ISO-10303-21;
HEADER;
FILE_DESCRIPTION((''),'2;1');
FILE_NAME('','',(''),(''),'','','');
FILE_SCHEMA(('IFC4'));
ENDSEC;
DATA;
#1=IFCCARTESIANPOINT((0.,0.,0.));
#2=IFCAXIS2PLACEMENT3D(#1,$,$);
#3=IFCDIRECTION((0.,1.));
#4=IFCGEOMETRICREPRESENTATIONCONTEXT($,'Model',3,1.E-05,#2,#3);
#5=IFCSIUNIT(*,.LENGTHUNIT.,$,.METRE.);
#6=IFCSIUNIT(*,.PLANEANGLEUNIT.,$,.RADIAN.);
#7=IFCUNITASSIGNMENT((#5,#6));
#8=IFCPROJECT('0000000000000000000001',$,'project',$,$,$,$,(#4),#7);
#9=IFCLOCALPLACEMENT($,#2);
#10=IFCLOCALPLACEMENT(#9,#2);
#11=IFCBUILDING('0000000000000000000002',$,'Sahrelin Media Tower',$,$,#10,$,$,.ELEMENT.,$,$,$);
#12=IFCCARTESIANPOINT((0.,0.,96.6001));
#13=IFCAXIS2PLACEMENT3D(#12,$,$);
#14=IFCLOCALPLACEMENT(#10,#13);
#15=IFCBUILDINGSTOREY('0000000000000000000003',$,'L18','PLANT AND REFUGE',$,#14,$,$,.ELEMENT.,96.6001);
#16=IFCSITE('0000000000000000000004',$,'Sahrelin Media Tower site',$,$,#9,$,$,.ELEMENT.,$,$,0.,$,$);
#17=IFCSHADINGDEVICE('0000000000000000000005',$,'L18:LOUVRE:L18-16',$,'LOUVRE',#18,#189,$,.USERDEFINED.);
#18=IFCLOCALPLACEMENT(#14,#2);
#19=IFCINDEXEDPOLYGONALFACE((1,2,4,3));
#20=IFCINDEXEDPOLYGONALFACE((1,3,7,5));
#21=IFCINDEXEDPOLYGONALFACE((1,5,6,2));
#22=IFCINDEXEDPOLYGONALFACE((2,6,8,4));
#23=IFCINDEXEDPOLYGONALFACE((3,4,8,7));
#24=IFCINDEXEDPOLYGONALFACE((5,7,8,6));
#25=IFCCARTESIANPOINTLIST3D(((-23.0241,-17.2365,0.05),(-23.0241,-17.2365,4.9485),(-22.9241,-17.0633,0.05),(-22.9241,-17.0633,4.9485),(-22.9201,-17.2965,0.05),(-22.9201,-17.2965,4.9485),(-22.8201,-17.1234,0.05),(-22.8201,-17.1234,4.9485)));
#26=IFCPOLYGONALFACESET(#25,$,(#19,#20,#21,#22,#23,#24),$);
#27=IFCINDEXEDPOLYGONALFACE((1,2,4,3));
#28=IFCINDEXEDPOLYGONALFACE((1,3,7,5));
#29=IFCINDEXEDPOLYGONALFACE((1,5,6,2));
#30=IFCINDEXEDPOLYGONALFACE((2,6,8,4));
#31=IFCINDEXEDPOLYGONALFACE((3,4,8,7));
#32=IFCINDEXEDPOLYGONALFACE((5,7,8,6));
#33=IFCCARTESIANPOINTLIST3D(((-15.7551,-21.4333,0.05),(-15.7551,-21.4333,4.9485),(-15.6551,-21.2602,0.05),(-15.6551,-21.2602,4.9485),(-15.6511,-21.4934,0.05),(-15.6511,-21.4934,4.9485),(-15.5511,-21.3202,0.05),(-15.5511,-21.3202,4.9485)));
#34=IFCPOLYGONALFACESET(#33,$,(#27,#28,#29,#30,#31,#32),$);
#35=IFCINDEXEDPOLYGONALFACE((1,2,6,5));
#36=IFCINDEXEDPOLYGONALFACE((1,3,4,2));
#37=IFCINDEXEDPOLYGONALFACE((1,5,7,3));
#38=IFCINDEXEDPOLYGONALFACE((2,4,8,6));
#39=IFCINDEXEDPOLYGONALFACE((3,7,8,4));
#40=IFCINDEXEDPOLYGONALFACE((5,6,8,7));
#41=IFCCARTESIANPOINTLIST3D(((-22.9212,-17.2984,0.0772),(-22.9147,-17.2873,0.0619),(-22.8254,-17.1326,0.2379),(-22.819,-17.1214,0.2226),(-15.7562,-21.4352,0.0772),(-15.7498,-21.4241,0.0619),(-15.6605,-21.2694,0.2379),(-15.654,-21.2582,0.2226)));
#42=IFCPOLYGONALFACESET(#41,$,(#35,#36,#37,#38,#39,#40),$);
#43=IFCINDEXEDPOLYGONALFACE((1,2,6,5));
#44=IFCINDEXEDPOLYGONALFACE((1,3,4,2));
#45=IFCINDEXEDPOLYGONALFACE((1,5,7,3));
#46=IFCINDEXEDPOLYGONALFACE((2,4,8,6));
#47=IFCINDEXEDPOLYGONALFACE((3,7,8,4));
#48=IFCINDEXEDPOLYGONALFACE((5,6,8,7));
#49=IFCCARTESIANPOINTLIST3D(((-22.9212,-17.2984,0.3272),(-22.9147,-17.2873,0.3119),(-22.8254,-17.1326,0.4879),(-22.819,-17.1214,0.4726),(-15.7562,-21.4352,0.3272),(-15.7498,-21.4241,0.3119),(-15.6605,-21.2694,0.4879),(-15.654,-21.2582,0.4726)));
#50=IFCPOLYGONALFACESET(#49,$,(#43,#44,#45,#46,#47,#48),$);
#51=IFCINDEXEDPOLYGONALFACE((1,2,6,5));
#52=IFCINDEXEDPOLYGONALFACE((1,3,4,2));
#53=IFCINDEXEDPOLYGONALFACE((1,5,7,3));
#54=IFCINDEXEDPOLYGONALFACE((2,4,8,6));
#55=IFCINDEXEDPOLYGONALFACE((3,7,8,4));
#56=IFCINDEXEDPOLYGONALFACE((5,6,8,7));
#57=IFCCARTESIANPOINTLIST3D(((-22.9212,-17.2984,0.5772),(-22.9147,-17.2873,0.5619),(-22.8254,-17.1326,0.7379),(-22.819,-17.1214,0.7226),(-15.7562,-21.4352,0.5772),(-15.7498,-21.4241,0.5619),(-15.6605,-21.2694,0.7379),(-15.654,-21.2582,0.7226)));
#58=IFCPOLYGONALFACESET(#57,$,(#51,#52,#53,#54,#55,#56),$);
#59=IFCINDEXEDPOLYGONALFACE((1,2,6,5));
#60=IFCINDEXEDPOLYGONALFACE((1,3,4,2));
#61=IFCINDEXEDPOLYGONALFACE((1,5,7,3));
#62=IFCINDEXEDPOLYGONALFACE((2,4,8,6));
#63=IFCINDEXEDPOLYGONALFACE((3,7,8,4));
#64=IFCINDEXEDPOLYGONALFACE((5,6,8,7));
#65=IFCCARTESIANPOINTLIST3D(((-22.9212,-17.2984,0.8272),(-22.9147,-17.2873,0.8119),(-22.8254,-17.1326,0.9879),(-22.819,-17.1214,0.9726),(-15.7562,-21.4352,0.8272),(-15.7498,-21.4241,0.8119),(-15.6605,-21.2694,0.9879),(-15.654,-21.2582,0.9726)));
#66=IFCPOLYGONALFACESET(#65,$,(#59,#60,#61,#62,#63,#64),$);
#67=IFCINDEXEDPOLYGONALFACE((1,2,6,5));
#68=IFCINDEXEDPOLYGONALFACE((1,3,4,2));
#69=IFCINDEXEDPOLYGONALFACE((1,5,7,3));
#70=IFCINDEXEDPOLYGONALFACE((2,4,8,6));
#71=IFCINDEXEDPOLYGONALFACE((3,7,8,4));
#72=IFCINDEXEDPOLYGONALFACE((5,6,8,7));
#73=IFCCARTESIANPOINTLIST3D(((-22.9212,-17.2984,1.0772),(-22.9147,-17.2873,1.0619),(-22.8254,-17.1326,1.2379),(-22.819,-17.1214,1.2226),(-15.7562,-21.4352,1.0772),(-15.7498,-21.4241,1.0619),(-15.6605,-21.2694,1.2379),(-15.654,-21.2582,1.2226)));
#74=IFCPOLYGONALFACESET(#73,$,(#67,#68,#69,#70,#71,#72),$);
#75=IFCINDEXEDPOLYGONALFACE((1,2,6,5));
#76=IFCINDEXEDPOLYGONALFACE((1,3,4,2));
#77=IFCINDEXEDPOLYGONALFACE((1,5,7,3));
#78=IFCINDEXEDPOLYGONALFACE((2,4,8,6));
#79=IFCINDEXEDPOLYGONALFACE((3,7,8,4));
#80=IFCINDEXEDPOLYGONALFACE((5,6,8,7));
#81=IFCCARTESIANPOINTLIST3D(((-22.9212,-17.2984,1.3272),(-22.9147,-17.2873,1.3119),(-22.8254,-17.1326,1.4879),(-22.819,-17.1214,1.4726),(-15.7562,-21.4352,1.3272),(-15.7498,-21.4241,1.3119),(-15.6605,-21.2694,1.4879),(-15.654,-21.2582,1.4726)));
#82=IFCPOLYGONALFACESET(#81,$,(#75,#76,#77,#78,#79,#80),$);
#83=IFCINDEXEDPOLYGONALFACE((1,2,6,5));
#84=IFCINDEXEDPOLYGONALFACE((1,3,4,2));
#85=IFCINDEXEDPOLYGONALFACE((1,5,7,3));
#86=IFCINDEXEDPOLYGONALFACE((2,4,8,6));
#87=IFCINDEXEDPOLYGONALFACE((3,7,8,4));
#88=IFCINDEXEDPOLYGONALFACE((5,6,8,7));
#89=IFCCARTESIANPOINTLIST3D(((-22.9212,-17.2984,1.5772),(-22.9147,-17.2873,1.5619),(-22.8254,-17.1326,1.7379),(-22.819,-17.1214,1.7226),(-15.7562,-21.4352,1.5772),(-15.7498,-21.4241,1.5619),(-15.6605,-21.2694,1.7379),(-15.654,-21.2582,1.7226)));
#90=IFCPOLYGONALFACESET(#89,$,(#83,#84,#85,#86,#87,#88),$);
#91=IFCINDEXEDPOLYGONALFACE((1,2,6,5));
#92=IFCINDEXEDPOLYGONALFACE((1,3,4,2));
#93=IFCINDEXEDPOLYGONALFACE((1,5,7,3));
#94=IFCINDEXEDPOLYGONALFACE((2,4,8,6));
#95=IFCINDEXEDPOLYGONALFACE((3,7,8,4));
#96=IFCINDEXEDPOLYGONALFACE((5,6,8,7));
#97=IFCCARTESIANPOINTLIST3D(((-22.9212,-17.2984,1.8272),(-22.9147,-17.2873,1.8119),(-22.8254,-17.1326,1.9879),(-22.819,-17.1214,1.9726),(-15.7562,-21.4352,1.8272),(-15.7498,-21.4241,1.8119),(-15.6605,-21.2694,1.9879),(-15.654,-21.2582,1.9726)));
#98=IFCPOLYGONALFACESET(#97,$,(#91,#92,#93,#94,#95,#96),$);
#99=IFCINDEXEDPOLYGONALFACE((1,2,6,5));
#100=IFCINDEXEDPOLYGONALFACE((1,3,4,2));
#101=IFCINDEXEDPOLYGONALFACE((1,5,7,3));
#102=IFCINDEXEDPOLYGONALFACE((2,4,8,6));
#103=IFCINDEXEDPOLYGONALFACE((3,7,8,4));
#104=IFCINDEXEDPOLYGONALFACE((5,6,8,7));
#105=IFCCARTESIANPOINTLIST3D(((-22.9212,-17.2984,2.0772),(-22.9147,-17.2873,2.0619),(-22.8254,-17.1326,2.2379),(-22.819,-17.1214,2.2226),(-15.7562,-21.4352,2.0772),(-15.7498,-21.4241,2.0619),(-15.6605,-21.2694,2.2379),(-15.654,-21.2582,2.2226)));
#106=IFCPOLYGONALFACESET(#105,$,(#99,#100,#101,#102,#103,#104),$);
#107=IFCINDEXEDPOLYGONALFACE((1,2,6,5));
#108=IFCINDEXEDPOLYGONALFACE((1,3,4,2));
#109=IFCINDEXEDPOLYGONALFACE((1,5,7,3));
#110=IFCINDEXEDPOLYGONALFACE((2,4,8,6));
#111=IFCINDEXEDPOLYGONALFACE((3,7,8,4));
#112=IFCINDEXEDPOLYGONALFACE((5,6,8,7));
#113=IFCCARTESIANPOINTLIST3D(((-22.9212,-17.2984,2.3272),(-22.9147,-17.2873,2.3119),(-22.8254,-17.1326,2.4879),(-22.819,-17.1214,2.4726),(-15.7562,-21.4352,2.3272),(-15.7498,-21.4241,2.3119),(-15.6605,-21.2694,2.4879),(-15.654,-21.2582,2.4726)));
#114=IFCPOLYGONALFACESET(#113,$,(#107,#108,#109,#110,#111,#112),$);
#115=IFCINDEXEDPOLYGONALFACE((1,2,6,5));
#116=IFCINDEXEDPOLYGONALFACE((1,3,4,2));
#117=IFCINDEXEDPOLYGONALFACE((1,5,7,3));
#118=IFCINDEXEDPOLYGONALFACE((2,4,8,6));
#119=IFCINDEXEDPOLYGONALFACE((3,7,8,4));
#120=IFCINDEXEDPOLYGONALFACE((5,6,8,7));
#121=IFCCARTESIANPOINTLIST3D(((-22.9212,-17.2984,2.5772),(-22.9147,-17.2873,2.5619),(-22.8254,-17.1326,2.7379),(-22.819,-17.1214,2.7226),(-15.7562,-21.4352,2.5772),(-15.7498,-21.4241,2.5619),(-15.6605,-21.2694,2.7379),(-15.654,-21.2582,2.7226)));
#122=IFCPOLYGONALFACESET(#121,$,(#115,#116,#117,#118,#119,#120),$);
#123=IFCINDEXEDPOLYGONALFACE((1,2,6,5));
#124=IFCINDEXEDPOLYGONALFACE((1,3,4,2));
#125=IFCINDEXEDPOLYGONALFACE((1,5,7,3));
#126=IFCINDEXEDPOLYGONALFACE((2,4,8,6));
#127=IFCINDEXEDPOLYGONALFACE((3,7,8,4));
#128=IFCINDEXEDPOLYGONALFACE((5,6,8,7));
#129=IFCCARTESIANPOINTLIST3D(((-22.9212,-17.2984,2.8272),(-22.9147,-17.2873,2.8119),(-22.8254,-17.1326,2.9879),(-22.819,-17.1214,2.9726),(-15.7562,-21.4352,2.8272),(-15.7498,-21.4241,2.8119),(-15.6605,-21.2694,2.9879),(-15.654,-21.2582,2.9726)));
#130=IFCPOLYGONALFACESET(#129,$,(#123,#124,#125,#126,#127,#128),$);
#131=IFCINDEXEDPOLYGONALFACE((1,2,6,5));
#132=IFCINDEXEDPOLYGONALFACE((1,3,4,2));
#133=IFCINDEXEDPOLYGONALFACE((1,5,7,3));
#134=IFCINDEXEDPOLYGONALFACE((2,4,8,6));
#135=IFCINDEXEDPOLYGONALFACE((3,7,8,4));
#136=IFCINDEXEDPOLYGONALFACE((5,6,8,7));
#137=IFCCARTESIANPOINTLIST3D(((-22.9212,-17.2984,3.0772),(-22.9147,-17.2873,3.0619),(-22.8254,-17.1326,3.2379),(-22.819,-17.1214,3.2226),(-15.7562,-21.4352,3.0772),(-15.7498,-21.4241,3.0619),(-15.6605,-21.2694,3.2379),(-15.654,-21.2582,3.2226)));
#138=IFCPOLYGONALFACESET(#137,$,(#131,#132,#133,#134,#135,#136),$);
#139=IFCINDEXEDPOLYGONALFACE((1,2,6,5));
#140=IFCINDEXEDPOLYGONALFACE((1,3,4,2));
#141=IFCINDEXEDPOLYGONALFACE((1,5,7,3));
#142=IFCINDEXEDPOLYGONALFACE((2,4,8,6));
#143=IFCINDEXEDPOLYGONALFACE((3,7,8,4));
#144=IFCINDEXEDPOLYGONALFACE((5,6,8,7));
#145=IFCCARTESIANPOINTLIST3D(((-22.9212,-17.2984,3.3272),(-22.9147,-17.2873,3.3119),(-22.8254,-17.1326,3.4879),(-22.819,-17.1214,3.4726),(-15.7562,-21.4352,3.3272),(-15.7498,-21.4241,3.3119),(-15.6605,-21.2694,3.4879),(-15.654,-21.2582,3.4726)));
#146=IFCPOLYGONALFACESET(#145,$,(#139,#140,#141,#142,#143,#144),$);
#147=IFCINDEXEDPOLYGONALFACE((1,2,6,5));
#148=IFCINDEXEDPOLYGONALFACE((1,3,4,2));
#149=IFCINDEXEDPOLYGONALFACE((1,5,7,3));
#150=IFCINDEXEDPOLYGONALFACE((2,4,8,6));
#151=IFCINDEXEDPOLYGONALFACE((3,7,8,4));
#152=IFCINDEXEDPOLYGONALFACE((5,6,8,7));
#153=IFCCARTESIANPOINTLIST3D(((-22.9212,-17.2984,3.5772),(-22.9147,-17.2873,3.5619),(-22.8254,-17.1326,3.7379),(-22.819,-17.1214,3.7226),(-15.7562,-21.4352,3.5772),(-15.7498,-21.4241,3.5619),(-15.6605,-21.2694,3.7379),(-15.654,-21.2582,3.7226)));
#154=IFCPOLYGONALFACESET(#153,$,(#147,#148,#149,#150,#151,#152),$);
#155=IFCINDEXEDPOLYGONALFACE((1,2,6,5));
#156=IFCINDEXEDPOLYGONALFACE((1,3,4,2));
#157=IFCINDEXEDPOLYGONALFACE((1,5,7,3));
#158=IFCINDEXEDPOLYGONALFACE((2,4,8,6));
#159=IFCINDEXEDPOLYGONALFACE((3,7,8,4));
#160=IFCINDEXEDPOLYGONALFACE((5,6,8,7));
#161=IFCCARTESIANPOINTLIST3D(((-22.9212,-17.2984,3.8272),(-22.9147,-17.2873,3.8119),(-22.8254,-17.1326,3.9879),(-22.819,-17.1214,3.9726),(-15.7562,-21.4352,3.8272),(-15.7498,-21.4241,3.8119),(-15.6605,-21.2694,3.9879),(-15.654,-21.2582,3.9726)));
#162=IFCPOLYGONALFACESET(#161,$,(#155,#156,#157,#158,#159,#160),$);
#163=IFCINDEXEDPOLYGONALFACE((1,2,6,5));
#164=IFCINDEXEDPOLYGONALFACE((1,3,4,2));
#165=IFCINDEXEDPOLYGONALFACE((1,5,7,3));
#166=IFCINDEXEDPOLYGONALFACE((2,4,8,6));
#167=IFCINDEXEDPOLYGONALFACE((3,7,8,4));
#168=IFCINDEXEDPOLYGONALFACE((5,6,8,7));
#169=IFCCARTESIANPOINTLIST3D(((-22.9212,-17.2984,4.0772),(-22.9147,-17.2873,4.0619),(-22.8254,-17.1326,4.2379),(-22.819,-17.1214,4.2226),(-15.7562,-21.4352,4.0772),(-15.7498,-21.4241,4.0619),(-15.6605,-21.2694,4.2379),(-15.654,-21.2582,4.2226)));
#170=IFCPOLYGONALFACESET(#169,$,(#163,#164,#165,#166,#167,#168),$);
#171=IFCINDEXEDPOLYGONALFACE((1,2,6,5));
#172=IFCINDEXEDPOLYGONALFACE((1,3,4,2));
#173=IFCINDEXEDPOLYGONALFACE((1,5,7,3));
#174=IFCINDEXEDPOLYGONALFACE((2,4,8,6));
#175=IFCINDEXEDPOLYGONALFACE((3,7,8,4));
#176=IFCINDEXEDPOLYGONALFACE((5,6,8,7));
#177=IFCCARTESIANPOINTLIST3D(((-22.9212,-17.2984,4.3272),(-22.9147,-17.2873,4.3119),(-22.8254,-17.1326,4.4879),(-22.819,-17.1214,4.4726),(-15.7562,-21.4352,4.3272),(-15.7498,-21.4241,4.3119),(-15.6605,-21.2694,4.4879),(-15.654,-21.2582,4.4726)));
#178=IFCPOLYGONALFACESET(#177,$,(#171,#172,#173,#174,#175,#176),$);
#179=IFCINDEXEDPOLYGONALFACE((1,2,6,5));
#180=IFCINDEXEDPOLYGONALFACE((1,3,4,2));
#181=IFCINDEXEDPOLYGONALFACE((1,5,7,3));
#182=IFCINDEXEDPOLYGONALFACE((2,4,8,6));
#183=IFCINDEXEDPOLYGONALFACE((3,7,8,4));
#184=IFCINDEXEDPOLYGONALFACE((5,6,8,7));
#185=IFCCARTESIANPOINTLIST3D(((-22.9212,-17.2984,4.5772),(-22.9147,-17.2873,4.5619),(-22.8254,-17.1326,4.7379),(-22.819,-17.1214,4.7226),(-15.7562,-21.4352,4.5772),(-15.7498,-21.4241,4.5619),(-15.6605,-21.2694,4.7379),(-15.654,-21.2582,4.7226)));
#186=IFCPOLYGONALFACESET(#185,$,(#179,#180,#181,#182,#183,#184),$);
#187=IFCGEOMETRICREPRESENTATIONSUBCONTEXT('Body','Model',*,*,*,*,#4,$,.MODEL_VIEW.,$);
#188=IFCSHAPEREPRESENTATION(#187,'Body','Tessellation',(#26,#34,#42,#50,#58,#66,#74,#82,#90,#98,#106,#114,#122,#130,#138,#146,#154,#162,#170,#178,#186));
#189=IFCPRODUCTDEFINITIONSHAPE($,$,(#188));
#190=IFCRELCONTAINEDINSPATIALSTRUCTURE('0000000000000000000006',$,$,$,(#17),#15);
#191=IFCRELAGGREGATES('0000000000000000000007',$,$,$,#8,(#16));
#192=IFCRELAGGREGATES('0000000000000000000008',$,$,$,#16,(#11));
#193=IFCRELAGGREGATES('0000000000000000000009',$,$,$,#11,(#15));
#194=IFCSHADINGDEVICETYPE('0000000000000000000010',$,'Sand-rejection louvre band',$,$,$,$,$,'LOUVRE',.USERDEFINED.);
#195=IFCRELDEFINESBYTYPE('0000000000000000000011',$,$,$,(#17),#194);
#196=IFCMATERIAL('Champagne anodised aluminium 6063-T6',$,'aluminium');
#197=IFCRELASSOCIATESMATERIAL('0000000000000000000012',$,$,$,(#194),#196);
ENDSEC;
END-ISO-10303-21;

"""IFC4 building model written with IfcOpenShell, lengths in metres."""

from ifc_helpers import new_model, si_unit, direction, frame, origin, origin_2d, place, context, subcontext, project, spatial, rectangle, extrude, material, type_object, element, save


model = new_model("IFC4")

# Units and contexts
model_context = context("Model", 3, precision=1e-05, world=origin(), true_north=direction((0.0, 1.0)))
body_context = subcontext(model_context, "Body", "Model", "MODEL_VIEW")
ifc_project = project(units=[si_unit("LENGTHUNIT", "METRE"), si_unit("PLANEANGLEUNIT", "RADIAN")], contexts=[model_context])

# Site, building, storey
site_placement = place(None, origin())
site = spatial("IfcSite", under=ifc_project, at=site_placement, Name="Sahrelin Media Tower site", CompositionType="ELEMENT", RefElevation=0.0)
building_placement = place(site_placement, origin())
building = spatial("IfcBuilding", under=site, at=building_placement, Name="Sahrelin Media Tower", CompositionType="ELEMENT")
storey_placement = place(building_placement, frame((0.0, 0.0, 96.6001)))
storey = spatial("IfcBuildingStorey", under=building, at=storey_placement, Name="L18", Description="PLANT AND REFUGE", CompositionType="ELEMENT", Elevation=96.6001)

# Shading device
ifc_material_1 = material(Name="Champagne anodised aluminium 6063-T6", Category="aluminium")
shading_device_type = type_object("IfcShadingDeviceType", Name="Sand-rejection louvre band", ElementType="LOUVRE", PredefinedType="USERDEFINED", material=ifc_material_1)
shading_device_1_placement = place(storey_placement, frame((-19.2375, -19.1917, 0.0), z_axis=(0.0, 0.0, 1.0), x_axis=(-0.866019, 0.500011, 0.0)))
element("IfcShadingDevice", 1, at=shading_device_1_placement, inside=storey, type_object=shading_device_type, Name="L18:LOUVRE:L18-16", ObjectType="LOUVRE", PredefinedType="USERDEFINED", context=body_context, shape_type="SweptSolid", body=[
    extrude(rectangle(XDim=0.1201, YDim=0.2, at=origin_2d()), frame((4.1968, 0.1001, 0.05), z_axis=(0.0, 0.0, 1.0), x_axis=(1.0, 0.0, 0.0)), (0.0, 0.0, 1.0), 4.8984),
    extrude(rectangle(XDim=0.1201, YDim=0.2, at=origin_2d()), frame((-4.1968, 0.1001, 0.05), z_axis=(0.0, 0.0, 1.0), x_axis=(1.0, 0.0, 0.0)), (0.0, 0.0, 1.0), 4.8984),
    extrude(rectangle(XDim=0.25, YDim=0.02, at=origin_2d()), frame((4.1367, 0.1001, 0.1499), z_axis=(-1.0, 0.0, 0.0), x_axis=(0.0, -0.766044, 0.642788)), (0.0, 0.0, 1.0), 8.2734),
    extrude(rectangle(XDim=0.25, YDim=0.02, at=origin_2d()), frame((4.1367, 0.1001, 0.3999), z_axis=(-1.0, 0.0, 0.0), x_axis=(0.0, -0.766044, 0.642788)), (0.0, 0.0, 1.0), 8.2734),
    extrude(rectangle(XDim=0.25, YDim=0.02, at=origin_2d()), frame((4.1367, 0.1001, 0.6499), z_axis=(-1.0, 0.0, 0.0), x_axis=(0.0, -0.766044, 0.642788)), (0.0, 0.0, 1.0), 8.2734),
    extrude(rectangle(XDim=0.25, YDim=0.02, at=origin_2d()), frame((4.1367, 0.1001, 0.8999), z_axis=(-1.0, 0.0, 0.0), x_axis=(0.0, -0.766044, 0.642788)), (0.0, 0.0, 1.0), 8.2734),
    extrude(rectangle(XDim=0.25, YDim=0.02, at=origin_2d()), frame((4.1367, 0.1001, 1.1499), z_axis=(-1.0, 0.0, 0.0), x_axis=(0.0, -0.766044, 0.642788)), (0.0, 0.0, 1.0), 8.2734),
    extrude(rectangle(XDim=0.25, YDim=0.02, at=origin_2d()), frame((4.1367, 0.1001, 1.3999), z_axis=(-1.0, 0.0, 0.0), x_axis=(0.0, -0.766044, 0.642788)), (0.0, 0.0, 1.0), 8.2734),
    extrude(rectangle(XDim=0.25, YDim=0.02, at=origin_2d()), frame((4.1367, 0.1001, 1.6499), z_axis=(-1.0, 0.0, 0.0), x_axis=(0.0, -0.766044, 0.642788)), (0.0, 0.0, 1.0), 8.2734),
    extrude(rectangle(XDim=0.25, YDim=0.02, at=origin_2d()), frame((4.1367, 0.1001, 1.8999), z_axis=(-1.0, 0.0, 0.0), x_axis=(0.0, -0.766044, 0.642788)), (0.0, 0.0, 1.0), 8.2734),
    extrude(rectangle(XDim=0.25, YDim=0.02, at=origin_2d()), frame((4.1367, 0.1001, 2.1499), z_axis=(-1.0, 0.0, 0.0), x_axis=(0.0, -0.766044, 0.642788)), (0.0, 0.0, 1.0), 8.2734),
    extrude(rectangle(XDim=0.25, YDim=0.02, at=origin_2d()), frame((4.1367, 0.1001, 2.3999), z_axis=(-1.0, 0.0, 0.0), x_axis=(0.0, -0.766044, 0.642788)), (0.0, 0.0, 1.0), 8.2734),
    extrude(rectangle(XDim=0.25, YDim=0.02, at=origin_2d()), frame((4.1367, 0.1001, 2.6499), z_axis=(-1.0, 0.0, 0.0), x_axis=(0.0, -0.766044, 0.642788)), (0.0, 0.0, 1.0), 8.2734),
    extrude(rectangle(XDim=0.25, YDim=0.02, at=origin_2d()), frame((4.1367, 0.1001, 2.8999), z_axis=(-1.0, 0.0, 0.0), x_axis=(0.0, -0.766044, 0.642788)), (0.0, 0.0, 1.0), 8.2734),
    extrude(rectangle(XDim=0.25, YDim=0.02, at=origin_2d()), frame((4.1367, 0.1001, 3.1499), z_axis=(-1.0, 0.0, 0.0), x_axis=(0.0, -0.766044, 0.642788)), (0.0, 0.0, 1.0), 8.2734),
    extrude(rectangle(XDim=0.25, YDim=0.02, at=origin_2d()), frame((4.1367, 0.1001, 3.3999), z_axis=(-1.0, 0.0, 0.0), x_axis=(0.0, -0.766044, 0.642788)), (0.0, 0.0, 1.0), 8.2734),
    extrude(rectangle(XDim=0.25, YDim=0.02, at=origin_2d()), frame((4.1367, 0.1001, 3.6499), z_axis=(-1.0, 0.0, 0.0), x_axis=(0.0, -0.766044, 0.642788)), (0.0, 0.0, 1.0), 8.2734),
    extrude(rectangle(XDim=0.25, YDim=0.02, at=origin_2d()), frame((4.1367, 0.1001, 3.8999), z_axis=(-1.0, 0.0, 0.0), x_axis=(0.0, -0.766044, 0.642788)), (0.0, 0.0, 1.0), 8.2734),
    extrude(rectangle(XDim=0.25, YDim=0.02, at=origin_2d()), frame((4.1367, 0.1001, 4.1499), z_axis=(-1.0, 0.0, 0.0), x_axis=(0.0, -0.766044, 0.642788)), (0.0, 0.0, 1.0), 8.2734),
    extrude(rectangle(XDim=0.25, YDim=0.02, at=origin_2d()), frame((4.1367, 0.1001, 4.3999), z_axis=(-1.0, 0.0, 0.0), x_axis=(0.0, -0.766044, 0.642788)), (0.0, 0.0, 1.0), 8.2734),
    extrude(rectangle(XDim=0.25, YDim=0.02, at=origin_2d()), frame((4.1367, 0.1001, 4.6499), z_axis=(-1.0, 0.0, 0.0), x_axis=(0.0, -0.766044, 0.642788)), (0.0, 0.0, 1.0), 8.2734),
])

save(model, "model.ifc")
